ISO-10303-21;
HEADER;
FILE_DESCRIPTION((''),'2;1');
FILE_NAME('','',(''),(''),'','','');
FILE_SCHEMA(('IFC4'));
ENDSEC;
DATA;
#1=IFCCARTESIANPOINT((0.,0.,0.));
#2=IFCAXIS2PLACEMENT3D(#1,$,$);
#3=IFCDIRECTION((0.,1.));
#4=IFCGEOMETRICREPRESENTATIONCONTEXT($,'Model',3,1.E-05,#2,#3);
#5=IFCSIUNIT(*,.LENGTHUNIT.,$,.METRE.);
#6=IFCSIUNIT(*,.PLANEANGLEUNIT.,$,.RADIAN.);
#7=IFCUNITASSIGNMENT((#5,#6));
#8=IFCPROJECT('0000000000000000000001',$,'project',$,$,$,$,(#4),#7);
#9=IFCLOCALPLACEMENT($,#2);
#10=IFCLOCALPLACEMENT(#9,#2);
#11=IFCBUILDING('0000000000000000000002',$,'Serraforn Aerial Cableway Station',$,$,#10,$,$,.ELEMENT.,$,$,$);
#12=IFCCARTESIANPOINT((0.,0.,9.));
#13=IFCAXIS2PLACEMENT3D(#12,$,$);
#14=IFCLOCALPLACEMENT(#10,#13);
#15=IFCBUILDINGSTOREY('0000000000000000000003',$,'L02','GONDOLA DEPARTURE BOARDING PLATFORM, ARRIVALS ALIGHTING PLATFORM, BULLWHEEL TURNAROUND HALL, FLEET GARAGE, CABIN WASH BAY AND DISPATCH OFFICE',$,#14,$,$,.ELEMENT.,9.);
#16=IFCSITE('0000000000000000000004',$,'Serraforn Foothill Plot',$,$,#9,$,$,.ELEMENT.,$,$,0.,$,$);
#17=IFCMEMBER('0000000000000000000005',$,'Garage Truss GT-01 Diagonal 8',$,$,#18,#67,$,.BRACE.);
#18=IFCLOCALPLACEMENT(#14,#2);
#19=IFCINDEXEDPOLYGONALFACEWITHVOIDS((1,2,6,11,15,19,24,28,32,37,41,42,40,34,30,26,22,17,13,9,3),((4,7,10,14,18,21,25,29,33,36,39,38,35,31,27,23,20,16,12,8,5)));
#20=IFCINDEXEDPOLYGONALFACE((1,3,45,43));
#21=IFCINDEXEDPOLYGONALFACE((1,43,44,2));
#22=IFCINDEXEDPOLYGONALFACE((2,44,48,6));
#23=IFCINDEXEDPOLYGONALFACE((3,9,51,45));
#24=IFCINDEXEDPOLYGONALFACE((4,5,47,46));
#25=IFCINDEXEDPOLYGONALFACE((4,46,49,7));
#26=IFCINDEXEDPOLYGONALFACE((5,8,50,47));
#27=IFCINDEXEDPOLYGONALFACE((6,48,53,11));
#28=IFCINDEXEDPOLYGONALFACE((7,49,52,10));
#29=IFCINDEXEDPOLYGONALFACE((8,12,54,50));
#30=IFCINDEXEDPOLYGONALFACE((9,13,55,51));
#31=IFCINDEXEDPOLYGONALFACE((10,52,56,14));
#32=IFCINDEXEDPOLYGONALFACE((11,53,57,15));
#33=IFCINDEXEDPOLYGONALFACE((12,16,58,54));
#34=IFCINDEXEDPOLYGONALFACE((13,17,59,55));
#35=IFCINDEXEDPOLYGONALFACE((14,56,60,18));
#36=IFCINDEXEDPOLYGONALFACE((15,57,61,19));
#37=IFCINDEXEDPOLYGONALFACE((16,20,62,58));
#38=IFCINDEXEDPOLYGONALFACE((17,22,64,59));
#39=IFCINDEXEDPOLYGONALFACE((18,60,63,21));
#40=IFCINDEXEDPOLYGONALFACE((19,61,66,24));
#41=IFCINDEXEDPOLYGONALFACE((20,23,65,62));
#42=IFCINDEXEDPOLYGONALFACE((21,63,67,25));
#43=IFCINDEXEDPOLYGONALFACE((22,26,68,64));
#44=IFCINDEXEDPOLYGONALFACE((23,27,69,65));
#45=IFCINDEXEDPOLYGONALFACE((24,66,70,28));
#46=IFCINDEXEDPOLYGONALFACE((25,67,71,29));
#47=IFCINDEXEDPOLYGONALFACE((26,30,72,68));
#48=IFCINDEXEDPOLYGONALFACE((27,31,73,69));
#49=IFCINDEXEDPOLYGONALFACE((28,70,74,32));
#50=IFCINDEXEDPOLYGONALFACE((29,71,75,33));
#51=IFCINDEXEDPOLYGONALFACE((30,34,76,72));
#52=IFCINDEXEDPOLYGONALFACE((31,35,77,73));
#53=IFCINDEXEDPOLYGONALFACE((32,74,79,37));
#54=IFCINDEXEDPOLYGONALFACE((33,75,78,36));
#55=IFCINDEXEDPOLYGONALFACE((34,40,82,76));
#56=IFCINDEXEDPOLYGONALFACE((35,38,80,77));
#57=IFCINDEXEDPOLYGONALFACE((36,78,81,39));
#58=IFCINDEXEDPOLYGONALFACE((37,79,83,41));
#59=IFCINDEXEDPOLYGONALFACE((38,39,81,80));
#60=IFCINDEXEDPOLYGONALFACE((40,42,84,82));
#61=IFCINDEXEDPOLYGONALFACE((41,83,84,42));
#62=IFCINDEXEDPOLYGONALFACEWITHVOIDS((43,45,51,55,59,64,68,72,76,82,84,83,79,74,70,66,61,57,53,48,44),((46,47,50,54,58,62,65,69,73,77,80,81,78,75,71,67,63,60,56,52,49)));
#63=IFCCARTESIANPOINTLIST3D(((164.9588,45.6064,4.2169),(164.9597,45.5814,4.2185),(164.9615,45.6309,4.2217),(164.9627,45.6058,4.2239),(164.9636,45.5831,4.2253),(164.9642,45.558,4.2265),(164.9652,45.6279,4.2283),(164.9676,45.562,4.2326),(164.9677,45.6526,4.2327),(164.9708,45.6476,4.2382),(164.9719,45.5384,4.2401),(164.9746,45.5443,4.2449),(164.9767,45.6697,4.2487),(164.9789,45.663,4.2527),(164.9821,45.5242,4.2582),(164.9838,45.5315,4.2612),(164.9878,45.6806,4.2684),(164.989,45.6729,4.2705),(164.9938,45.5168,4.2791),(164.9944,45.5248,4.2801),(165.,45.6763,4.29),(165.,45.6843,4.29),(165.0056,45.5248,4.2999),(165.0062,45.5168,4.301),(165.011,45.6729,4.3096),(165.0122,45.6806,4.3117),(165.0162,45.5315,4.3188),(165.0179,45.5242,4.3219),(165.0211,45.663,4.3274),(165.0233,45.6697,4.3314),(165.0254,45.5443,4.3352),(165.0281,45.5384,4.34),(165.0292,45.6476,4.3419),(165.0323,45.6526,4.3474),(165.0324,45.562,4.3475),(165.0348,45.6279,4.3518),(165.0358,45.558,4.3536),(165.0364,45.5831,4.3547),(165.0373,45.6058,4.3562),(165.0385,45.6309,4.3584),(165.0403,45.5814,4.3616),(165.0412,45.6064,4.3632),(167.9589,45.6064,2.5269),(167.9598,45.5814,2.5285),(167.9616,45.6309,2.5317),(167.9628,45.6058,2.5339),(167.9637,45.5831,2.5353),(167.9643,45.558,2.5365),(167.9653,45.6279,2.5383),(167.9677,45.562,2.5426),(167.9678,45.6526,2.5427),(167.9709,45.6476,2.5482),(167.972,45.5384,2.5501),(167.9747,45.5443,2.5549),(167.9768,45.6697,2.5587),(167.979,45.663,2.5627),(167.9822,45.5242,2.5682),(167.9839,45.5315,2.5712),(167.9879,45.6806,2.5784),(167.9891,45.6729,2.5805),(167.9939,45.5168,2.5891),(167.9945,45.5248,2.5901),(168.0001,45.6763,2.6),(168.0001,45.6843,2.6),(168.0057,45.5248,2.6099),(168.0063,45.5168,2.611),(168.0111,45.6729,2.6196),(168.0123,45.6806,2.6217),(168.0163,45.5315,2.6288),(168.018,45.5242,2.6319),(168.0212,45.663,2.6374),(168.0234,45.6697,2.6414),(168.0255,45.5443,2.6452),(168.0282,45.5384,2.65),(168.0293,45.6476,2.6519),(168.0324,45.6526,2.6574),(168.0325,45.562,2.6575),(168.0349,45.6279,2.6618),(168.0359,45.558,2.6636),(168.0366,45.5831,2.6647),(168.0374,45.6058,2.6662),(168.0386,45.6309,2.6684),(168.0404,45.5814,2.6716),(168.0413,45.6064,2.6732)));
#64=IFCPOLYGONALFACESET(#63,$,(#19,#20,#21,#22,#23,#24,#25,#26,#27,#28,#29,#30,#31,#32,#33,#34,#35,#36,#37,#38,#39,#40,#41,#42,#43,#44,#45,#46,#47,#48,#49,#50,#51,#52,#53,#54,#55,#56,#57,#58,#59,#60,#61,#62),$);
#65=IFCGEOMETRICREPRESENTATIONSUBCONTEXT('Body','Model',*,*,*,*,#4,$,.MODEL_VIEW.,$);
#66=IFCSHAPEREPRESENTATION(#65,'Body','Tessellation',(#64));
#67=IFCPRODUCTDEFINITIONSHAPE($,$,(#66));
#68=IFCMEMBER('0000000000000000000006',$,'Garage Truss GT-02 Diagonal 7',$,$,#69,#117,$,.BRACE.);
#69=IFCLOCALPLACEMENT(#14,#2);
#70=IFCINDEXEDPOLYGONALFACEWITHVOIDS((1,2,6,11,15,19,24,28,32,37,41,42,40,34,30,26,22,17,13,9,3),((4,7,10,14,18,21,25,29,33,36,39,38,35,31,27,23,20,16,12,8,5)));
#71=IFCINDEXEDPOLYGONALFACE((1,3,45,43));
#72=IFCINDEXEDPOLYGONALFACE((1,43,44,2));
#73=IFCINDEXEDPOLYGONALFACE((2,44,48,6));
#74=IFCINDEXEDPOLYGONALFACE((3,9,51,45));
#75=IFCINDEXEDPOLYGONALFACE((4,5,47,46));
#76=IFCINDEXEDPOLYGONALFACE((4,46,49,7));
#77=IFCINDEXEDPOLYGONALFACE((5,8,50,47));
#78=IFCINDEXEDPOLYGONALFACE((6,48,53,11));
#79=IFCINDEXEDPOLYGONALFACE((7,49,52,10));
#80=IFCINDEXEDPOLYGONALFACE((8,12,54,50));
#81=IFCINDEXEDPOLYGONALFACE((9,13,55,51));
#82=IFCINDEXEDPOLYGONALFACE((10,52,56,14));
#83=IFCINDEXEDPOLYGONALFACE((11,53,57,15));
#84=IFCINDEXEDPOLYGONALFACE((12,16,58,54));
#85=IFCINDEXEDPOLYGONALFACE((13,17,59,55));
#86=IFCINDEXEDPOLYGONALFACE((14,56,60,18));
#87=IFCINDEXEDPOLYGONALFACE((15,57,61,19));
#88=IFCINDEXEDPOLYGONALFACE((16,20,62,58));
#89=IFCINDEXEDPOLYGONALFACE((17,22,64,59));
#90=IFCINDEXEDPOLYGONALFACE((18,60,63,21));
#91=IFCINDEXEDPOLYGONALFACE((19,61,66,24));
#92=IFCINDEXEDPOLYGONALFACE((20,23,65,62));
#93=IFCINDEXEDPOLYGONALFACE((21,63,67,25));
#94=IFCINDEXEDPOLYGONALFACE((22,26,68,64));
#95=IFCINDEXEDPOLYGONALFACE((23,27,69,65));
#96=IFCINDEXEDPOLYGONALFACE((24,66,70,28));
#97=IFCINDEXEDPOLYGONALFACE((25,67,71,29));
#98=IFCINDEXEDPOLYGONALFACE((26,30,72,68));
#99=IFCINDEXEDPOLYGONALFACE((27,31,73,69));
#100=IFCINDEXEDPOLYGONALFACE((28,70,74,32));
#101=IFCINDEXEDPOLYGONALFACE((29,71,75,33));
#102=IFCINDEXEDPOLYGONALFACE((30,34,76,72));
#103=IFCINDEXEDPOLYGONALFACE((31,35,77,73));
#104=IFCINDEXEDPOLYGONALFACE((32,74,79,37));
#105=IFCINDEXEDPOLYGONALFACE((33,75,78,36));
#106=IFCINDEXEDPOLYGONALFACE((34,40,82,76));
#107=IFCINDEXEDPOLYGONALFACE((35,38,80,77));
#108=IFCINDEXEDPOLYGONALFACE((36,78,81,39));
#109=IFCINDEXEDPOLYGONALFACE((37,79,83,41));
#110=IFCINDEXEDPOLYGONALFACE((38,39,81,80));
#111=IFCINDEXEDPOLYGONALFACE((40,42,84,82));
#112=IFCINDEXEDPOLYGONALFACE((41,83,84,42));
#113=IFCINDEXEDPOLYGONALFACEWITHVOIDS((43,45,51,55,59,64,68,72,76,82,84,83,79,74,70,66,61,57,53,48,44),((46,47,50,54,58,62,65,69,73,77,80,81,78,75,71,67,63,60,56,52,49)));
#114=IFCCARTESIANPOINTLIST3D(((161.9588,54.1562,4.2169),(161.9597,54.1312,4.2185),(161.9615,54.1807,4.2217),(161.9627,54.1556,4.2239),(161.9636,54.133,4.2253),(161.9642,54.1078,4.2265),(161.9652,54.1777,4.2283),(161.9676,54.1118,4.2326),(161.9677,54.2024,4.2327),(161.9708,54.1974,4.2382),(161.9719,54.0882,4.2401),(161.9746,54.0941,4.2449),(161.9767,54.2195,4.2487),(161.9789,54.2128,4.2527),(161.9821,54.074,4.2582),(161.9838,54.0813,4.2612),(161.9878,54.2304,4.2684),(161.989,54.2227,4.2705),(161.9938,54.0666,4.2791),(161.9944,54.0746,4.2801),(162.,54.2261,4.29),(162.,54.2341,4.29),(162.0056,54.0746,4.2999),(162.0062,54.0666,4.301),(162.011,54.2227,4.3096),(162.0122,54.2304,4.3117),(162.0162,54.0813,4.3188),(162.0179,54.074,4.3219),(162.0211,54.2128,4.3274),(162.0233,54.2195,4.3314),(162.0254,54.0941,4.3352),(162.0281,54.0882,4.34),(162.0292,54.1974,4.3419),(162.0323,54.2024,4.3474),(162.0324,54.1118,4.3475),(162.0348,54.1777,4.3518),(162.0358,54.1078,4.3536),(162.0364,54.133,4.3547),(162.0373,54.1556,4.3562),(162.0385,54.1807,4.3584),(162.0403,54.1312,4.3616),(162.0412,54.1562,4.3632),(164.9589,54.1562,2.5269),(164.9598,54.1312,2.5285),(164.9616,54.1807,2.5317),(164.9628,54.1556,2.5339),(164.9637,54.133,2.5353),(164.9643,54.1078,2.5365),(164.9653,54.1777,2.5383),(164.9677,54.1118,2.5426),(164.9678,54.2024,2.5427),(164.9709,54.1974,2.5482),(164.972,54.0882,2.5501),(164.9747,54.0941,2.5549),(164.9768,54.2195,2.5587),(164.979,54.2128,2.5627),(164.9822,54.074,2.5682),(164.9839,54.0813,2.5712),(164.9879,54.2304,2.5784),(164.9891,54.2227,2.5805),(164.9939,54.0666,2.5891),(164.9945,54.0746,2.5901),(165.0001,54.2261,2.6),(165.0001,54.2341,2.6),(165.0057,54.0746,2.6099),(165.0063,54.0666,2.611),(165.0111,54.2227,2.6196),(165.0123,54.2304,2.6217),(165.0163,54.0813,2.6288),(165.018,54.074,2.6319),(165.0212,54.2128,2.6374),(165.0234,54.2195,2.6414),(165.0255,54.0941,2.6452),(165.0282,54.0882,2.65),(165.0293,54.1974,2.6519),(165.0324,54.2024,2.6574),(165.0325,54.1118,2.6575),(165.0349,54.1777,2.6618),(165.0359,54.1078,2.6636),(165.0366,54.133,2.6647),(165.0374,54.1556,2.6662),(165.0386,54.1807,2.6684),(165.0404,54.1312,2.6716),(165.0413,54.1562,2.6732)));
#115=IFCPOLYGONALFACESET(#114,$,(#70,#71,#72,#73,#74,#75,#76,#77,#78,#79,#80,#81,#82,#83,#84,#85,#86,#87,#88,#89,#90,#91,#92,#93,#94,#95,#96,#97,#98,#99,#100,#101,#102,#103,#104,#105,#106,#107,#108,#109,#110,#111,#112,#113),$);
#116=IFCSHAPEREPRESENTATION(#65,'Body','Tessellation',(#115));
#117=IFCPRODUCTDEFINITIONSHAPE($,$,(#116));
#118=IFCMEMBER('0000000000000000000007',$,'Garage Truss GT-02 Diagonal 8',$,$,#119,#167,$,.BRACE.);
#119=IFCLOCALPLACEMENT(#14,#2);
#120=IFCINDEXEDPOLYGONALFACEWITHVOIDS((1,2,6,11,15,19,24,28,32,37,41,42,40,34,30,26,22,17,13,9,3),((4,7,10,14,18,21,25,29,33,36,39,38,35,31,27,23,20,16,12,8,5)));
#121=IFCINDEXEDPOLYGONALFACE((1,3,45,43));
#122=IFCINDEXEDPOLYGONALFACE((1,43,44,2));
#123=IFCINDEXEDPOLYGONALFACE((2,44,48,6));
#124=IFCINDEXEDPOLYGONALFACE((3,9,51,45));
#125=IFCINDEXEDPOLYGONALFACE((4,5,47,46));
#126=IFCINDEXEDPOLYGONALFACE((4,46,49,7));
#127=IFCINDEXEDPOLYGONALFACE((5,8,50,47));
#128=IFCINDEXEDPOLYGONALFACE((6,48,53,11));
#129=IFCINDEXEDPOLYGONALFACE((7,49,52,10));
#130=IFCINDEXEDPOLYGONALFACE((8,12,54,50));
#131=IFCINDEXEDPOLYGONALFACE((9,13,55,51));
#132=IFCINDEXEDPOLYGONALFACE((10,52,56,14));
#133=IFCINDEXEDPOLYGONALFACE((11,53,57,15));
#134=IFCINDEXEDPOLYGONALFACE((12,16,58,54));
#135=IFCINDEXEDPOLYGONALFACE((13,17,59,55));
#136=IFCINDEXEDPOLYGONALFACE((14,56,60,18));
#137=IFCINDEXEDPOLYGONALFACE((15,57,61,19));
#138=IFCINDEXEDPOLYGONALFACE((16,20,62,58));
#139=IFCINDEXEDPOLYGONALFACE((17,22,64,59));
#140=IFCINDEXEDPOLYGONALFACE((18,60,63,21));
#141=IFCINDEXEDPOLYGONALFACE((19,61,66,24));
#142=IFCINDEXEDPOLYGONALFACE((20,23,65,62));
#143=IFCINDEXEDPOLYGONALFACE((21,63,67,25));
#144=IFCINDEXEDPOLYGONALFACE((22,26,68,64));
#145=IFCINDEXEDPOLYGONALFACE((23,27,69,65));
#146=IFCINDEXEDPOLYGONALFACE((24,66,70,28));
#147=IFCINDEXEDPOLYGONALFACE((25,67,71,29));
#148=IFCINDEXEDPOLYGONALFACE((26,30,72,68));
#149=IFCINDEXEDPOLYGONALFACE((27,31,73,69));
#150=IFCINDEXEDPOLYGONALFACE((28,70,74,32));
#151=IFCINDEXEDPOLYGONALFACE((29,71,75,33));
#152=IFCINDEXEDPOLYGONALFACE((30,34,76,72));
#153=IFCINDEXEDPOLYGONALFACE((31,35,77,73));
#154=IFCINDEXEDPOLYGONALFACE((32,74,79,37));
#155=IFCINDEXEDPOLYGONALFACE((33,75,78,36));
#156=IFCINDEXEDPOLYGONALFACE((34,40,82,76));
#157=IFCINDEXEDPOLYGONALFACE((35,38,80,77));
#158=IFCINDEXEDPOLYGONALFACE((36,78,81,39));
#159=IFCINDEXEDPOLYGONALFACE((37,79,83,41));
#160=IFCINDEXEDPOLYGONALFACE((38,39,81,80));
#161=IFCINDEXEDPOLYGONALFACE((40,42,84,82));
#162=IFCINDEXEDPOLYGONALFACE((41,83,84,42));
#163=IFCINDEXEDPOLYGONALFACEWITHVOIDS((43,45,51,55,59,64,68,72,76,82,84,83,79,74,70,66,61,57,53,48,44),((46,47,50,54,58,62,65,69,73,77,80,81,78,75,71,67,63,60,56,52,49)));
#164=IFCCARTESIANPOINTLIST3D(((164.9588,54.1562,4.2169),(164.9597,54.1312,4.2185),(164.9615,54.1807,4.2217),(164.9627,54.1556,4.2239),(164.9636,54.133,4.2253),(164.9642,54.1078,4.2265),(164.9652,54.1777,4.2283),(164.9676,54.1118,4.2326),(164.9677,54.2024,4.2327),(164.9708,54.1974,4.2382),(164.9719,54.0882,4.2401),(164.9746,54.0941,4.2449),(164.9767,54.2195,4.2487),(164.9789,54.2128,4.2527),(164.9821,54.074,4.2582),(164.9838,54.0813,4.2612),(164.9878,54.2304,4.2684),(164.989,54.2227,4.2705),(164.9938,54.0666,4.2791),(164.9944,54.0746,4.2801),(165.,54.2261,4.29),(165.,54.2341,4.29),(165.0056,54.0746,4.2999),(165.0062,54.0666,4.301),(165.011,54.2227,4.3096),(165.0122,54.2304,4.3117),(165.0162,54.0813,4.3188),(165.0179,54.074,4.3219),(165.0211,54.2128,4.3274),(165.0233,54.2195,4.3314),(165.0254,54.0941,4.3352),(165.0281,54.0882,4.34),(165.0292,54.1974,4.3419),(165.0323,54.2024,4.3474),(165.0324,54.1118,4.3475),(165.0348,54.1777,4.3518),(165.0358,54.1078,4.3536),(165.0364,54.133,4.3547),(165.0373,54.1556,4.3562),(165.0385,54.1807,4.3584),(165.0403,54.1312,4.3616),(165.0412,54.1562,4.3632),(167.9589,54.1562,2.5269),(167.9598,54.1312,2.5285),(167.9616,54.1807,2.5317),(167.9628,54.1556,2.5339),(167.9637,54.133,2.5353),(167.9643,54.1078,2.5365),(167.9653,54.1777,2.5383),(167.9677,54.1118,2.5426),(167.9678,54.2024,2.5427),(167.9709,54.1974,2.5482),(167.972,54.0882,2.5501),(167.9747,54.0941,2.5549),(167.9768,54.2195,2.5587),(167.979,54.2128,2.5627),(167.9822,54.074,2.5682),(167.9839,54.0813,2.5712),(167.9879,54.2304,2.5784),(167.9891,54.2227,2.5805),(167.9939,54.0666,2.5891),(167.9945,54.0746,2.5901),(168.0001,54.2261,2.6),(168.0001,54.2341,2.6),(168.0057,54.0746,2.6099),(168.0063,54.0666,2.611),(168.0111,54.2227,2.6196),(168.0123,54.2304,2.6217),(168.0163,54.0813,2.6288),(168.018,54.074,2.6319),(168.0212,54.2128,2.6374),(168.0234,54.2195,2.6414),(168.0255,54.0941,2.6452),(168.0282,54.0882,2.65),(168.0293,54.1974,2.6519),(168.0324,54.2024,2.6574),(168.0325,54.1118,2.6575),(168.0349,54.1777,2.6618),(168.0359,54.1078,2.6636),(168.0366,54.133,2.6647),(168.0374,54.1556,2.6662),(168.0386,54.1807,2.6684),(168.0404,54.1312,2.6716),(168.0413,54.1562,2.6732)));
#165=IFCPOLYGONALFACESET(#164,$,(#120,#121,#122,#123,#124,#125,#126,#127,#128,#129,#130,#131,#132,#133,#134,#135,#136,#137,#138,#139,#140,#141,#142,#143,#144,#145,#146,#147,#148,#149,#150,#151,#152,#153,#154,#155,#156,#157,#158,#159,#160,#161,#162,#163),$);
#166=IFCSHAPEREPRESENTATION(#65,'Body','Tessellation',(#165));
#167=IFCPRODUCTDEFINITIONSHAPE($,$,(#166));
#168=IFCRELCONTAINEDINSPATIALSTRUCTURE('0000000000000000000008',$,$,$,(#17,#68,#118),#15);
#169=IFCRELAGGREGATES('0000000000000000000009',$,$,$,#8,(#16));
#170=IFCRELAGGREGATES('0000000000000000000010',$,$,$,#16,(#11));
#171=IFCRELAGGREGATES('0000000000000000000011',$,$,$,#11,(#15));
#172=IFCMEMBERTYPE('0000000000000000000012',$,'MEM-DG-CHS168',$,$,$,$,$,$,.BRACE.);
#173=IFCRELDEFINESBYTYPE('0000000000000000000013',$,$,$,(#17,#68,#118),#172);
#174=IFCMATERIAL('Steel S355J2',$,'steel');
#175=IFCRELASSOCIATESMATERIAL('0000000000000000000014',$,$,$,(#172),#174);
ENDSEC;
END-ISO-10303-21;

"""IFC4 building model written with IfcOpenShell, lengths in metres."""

from ifc_helpers import new_model, si_unit, direction, frame, origin, origin_2d, place, context, subcontext, project, spatial, hollow_circle, extrude, material, material_profile, profile_set, type_object, element, save


model = new_model("IFC4")

# Units and contexts
model_context = context("Model", 3, precision=1e-05, world=origin(), true_north=direction((0.0, 1.0)))
body_context = subcontext(model_context, "Body", "Model", "MODEL_VIEW")
ifc_project = project(units=[si_unit("LENGTHUNIT", "METRE"), si_unit("PLANEANGLEUNIT", "RADIAN")], contexts=[model_context])

# Site, building, storey
site_placement = place(None, origin())
site = spatial("IfcSite", under=ifc_project, at=site_placement, Name="Serraforn Foothill Plot", CompositionType="ELEMENT", RefElevation=0.0)
building_placement = place(site_placement, origin())
building = spatial("IfcBuilding", under=site, at=building_placement, Name="Serraforn Aerial Cableway Station", CompositionType="ELEMENT")
storey_placement = place(building_placement, frame((0.0, 0.0, 9.0)))
storey = spatial("IfcBuildingStorey", under=building, at=storey_placement, Name="L02", Description="GONDOLA DEPARTURE BOARDING PLATFORM, ARRIVALS ALIGHTING PLATFORM, BULLWHEEL TURNAROUND HALL, FLEET GARAGE, CABIN WASH BAY AND DISPATCH OFFICE", CompositionType="ELEMENT", Elevation=9.0)

# Shared definitions
ifc_material_1 = material(Name="Steel S355J2", Category="steel")

# Members
ifc_material_profile_1 = material_profile(ifc_material_1, hollow_circle(Radius=0.0842, WallThickness=0.0081, at=origin_2d()), Name="CHS 168.3x8.0")
ifc_profile_set_1 = profile_set([ifc_material_profile_1], Name="Steel S355J2")
member_type_1 = type_object("IfcMemberType", Name="MEM-DG-CHS168", PredefinedType="BRACE", material=ifc_profile_set_1)
for number, where, z_axis, x_axis, name in (
    (1, (165.0, 45.6001, 4.29), (0.871272, 0.0, -0.4908), (0.0, 1.0, 0.0), "Garage Truss GT-01 Diagonal 8"),
    (2, (162.0, 54.1499, 4.29), (0.871272, 0.0, -0.4908), (0.0, 1.0, 0.0), "Garage Truss GT-02 Diagonal 7"),
    (3, (165.0, 54.1499, 4.29), (0.871272, 0.0, -0.4908), (0.0, 1.0, 0.0), "Garage Truss GT-02 Diagonal 8"),
):
    element("IfcMember", number, at=place(storey_placement, frame(where, z_axis=z_axis, x_axis=x_axis)), inside=storey, type_object=member_type_1, Name=name, PredefinedType="BRACE", context=body_context, shape_type="SweptSolid", body=[
        extrude(hollow_circle(Radius=0.0842, WallThickness=0.0081, at=origin_2d()), origin(), (0.0, 0.0, 1.0), 3.4434),
    ])

save(model, "model.ifc")
